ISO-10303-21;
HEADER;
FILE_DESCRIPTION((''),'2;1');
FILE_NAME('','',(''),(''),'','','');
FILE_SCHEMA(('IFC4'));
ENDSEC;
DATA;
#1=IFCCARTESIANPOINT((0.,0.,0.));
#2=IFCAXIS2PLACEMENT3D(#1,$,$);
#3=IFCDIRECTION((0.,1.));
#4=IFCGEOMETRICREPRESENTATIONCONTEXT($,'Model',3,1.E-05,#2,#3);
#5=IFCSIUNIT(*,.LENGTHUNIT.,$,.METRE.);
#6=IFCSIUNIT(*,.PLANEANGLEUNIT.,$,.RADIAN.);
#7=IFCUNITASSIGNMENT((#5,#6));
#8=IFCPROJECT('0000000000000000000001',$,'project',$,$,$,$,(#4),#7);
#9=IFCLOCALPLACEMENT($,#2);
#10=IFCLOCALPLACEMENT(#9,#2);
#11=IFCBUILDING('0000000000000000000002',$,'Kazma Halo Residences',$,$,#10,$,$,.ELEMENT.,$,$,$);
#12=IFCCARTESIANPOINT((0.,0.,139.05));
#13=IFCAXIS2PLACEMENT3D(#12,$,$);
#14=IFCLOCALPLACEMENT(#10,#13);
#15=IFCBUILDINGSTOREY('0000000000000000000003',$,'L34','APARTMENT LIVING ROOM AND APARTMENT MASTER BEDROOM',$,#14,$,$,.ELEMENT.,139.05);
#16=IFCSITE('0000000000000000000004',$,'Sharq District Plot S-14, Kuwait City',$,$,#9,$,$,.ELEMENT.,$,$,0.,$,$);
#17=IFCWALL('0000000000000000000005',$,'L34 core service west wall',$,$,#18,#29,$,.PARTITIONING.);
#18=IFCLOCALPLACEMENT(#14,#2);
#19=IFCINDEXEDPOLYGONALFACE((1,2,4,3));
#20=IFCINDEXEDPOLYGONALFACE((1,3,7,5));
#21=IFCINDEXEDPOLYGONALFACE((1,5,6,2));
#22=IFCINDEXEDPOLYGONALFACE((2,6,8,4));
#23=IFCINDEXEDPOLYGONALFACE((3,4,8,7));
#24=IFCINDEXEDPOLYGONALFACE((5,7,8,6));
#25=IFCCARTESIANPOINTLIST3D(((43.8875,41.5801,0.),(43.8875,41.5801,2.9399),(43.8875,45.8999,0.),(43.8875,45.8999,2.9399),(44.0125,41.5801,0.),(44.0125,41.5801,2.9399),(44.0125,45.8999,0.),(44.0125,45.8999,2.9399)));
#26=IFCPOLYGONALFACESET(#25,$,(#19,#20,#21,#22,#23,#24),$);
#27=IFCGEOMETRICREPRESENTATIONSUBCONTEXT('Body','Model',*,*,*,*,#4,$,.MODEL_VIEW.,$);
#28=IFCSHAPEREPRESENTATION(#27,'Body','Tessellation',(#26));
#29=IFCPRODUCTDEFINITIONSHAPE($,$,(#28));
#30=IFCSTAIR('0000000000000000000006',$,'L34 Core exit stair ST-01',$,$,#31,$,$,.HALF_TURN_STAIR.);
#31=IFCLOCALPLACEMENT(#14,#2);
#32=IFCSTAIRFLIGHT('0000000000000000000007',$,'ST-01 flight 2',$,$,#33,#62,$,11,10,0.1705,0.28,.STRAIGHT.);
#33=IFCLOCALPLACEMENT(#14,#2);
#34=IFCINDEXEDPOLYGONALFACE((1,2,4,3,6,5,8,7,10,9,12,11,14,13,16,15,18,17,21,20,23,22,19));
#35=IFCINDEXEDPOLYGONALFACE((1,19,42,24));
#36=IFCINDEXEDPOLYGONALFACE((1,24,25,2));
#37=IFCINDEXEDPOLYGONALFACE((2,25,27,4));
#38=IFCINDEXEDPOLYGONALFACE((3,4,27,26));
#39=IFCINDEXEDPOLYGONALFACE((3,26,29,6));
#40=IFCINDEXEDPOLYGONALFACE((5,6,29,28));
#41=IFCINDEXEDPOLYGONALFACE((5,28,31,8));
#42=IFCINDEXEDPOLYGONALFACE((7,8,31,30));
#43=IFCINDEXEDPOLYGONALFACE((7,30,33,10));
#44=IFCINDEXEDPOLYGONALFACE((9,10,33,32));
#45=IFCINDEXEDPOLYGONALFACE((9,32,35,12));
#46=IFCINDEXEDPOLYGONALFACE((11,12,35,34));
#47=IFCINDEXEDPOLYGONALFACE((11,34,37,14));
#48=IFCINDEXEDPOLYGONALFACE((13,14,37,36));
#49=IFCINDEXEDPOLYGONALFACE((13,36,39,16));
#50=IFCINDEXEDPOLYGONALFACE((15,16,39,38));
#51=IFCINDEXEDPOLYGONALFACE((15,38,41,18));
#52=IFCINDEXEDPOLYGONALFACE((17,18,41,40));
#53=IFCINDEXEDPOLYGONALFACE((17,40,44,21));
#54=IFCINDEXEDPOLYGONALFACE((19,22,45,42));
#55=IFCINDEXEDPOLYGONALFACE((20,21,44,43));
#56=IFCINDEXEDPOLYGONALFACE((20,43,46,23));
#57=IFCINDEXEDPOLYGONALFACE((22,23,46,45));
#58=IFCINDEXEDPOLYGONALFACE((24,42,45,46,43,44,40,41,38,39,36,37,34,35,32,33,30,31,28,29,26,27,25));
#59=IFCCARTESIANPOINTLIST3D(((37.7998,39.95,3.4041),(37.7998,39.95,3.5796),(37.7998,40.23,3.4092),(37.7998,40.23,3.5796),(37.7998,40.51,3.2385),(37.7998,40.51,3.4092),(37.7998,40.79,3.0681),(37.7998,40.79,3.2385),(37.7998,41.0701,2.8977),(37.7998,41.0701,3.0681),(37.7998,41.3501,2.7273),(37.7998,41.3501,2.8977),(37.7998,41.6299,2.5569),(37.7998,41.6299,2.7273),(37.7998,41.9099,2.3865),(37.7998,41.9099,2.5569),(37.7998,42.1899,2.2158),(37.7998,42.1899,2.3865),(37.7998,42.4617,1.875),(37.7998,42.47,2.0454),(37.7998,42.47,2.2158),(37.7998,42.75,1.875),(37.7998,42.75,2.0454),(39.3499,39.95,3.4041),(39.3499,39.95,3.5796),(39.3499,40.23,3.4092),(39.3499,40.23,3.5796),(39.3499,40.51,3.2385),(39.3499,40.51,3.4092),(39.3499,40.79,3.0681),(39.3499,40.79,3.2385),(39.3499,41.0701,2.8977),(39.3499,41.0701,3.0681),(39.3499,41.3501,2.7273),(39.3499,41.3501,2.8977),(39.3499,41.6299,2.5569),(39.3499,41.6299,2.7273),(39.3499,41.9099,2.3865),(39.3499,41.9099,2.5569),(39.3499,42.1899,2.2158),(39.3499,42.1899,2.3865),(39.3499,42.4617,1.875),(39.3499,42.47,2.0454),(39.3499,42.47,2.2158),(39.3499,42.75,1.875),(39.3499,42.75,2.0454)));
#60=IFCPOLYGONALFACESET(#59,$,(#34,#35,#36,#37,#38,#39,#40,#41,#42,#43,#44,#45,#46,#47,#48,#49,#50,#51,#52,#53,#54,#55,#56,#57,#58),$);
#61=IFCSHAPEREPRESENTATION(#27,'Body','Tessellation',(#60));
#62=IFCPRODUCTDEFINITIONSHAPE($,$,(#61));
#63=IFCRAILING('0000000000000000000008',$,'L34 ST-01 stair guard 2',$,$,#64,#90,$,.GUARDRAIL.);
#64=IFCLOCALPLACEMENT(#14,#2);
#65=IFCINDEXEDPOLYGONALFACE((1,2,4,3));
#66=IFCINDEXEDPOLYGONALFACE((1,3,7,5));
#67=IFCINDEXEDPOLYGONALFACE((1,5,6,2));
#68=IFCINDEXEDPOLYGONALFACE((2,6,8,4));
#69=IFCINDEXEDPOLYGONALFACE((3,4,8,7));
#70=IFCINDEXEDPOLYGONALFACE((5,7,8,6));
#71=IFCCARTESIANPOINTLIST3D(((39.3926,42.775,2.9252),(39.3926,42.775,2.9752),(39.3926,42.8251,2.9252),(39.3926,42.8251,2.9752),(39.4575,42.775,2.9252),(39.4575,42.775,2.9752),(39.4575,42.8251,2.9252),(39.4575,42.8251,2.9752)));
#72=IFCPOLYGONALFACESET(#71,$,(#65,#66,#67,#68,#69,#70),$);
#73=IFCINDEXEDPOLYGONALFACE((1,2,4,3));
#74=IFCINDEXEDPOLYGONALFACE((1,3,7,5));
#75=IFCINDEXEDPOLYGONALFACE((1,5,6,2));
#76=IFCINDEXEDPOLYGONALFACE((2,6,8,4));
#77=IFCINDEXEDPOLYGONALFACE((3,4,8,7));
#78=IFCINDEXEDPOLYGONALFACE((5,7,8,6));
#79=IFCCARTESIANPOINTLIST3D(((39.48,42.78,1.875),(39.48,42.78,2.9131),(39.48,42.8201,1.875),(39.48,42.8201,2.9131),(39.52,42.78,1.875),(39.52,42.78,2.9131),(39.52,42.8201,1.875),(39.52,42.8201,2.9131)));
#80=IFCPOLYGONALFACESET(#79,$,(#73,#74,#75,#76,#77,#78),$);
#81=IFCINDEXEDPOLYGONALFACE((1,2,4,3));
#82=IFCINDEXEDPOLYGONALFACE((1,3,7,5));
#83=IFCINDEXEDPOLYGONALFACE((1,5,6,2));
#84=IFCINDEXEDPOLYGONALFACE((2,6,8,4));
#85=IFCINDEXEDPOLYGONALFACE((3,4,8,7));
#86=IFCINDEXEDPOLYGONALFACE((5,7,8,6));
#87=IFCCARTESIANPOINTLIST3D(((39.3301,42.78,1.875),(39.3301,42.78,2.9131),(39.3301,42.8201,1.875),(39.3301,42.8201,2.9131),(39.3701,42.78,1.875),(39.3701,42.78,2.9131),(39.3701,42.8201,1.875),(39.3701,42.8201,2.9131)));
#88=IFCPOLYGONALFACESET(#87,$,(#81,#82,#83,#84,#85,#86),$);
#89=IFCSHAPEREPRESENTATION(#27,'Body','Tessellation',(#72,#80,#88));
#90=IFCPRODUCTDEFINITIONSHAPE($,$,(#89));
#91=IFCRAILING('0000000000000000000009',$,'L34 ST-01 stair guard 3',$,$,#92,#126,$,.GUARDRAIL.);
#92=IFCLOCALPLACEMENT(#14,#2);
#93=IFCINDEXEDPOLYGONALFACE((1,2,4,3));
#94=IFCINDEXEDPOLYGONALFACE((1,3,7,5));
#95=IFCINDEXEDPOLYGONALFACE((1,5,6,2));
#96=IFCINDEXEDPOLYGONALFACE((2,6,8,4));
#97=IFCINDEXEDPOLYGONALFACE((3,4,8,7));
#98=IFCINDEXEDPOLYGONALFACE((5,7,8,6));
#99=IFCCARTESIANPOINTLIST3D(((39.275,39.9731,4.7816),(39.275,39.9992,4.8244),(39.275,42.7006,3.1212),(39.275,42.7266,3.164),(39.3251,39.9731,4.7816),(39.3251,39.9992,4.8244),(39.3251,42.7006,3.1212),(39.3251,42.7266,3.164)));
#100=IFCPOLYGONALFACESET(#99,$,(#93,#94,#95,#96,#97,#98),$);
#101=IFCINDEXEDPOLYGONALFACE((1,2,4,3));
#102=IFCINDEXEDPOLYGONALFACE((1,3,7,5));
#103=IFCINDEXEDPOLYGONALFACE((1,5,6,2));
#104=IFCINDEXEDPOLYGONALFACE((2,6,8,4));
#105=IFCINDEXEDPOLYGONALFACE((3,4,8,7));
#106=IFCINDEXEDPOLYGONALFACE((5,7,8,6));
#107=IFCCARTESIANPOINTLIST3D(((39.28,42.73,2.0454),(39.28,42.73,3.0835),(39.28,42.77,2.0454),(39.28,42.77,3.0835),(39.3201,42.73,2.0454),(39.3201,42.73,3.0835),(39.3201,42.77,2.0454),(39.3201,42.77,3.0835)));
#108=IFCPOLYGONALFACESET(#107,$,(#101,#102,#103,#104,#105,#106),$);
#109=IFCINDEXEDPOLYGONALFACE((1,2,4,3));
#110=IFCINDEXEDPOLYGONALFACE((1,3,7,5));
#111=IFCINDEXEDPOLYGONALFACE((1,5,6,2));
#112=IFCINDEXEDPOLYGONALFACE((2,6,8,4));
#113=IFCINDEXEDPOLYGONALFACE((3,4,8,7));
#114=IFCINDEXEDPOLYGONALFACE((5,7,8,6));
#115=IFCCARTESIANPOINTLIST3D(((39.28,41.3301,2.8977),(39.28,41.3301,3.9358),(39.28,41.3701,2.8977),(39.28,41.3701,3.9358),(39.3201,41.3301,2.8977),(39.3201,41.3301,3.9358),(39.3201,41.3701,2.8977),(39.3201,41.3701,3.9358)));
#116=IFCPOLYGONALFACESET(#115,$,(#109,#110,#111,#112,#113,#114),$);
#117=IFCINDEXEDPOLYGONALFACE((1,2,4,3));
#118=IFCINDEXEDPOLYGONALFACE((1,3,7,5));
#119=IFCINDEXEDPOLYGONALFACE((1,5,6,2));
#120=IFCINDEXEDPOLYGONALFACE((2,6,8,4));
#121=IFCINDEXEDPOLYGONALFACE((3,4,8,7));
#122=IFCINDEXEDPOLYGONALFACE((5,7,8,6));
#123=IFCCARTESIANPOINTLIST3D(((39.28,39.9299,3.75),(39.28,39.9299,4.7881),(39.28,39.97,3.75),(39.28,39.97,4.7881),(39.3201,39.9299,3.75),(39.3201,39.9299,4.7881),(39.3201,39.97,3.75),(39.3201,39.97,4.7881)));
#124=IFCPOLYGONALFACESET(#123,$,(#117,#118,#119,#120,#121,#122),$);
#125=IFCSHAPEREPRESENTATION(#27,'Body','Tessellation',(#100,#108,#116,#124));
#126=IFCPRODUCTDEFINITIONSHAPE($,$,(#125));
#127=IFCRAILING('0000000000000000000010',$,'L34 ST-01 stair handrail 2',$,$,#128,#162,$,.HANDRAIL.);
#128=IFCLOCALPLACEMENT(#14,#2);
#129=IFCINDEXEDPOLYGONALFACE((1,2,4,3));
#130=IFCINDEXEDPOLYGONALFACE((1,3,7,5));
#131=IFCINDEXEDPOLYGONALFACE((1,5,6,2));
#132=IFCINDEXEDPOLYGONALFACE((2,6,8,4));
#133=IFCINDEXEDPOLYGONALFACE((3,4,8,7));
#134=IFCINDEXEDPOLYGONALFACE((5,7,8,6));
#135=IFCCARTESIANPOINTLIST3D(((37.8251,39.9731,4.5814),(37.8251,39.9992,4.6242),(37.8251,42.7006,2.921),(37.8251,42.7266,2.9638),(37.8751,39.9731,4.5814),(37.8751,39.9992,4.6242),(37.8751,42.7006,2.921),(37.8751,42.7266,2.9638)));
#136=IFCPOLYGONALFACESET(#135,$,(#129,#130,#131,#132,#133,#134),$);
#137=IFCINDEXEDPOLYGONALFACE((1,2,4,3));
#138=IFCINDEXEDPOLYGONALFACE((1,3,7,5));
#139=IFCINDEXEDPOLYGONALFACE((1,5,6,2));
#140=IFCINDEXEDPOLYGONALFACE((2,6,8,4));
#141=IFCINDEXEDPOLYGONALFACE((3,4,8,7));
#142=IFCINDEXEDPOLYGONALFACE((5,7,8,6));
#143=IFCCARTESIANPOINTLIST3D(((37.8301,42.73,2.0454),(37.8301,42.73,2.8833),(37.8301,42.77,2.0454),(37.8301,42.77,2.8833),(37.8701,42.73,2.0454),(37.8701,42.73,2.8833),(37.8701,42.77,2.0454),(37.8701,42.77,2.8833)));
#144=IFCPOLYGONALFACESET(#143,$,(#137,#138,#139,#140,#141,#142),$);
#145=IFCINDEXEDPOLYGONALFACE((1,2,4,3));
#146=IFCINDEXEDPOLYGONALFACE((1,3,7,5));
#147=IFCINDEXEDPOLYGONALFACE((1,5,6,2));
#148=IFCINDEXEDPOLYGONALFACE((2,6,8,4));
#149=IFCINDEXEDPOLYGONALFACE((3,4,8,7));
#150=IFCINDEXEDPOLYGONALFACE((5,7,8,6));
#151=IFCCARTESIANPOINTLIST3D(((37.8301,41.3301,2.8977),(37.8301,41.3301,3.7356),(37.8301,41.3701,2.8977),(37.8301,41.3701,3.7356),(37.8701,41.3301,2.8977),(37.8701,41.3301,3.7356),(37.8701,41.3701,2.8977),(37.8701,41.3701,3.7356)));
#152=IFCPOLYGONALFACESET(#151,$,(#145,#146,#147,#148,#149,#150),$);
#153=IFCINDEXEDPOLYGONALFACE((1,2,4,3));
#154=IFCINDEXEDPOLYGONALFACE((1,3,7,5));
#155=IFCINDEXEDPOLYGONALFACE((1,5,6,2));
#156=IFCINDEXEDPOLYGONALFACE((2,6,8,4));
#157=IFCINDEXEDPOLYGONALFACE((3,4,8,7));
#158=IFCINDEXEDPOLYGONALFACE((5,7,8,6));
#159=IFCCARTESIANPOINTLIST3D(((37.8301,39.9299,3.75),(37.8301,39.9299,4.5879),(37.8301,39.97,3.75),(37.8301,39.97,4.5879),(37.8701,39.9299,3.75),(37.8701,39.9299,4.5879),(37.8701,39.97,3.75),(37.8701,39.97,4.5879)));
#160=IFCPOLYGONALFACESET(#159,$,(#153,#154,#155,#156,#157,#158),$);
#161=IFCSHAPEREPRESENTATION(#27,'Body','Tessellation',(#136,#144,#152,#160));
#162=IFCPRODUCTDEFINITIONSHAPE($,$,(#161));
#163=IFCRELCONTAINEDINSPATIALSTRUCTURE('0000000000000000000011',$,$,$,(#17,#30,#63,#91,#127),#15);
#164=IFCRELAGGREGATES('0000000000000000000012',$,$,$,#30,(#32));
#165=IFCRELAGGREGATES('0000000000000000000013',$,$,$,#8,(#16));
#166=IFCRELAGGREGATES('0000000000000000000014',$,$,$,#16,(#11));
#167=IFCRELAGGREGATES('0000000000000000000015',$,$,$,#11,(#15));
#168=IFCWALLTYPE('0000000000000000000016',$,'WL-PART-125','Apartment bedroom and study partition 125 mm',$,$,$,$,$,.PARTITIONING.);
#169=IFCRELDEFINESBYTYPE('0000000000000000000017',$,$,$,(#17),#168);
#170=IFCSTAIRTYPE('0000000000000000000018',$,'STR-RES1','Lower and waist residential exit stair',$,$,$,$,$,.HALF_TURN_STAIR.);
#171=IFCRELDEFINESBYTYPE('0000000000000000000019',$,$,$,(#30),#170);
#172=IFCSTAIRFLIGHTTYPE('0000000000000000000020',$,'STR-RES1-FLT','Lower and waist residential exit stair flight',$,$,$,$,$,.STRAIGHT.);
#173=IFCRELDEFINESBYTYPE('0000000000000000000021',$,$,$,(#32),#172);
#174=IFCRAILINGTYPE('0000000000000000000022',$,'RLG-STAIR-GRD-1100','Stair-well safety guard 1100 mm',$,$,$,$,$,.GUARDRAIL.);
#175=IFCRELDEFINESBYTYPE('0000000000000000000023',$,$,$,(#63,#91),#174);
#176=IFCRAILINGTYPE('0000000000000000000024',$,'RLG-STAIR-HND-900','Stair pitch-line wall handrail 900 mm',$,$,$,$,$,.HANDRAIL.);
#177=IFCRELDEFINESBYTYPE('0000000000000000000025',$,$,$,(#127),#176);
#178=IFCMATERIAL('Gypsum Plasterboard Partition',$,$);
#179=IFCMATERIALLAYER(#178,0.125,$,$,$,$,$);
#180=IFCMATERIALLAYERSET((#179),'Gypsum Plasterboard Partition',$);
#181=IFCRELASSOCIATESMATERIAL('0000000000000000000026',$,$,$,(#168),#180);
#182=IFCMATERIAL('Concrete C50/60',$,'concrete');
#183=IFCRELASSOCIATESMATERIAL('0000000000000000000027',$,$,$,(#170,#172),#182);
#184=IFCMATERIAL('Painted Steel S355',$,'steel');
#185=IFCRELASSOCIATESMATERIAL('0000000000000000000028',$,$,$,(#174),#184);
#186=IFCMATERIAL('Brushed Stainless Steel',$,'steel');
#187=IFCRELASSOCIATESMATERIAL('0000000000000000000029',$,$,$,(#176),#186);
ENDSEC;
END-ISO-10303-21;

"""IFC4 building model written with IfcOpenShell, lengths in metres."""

from ifc_helpers import new_model, si_unit, direction, frame, frame_2d, origin, origin_2d, place, context, subcontext, project, spatial, polyline, rectangle, outline, extrude, material, layer, layer_set, type_object, element, aggregate, save


model = new_model("IFC4")

# Units and contexts
model_context = context("Model", 3, precision=1e-05, world=origin(), true_north=direction((0.0, 1.0)))
body_context = subcontext(model_context, "Body", "Model", "MODEL_VIEW")
ifc_project = project(units=[si_unit("LENGTHUNIT", "METRE"), si_unit("PLANEANGLEUNIT", "RADIAN")], contexts=[model_context])

# Site, building, storey
site_placement = place(None, origin())
site = spatial("IfcSite", under=ifc_project, at=site_placement, Name="Sharq District Plot S-14, Kuwait City", CompositionType="ELEMENT", RefElevation=0.0)
building_placement = place(site_placement, origin())
building = spatial("IfcBuilding", under=site, at=building_placement, Name="Kazma Halo Residences", CompositionType="ELEMENT")
storey_placement = place(building_placement, frame((0.0, 0.0, 139.05)))
storey = spatial("IfcBuildingStorey", under=building, at=storey_placement, Name="L34", Description="APARTMENT LIVING ROOM AND APARTMENT MASTER BEDROOM", CompositionType="ELEMENT", Elevation=139.05)

# Wall
ifc_material_1 = material(Name="Gypsum Plasterboard Partition")
ifc_layer_1 = layer(ifc_material_1, 0.125)
ifc_layer_set_1 = layer_set([ifc_layer_1], Name="Gypsum Plasterboard Partition")
wall_type_1 = type_object("IfcWallType", Name="WL-PART-125", Description="Apartment bedroom and study partition 125 mm", PredefinedType="PARTITIONING", material=ifc_layer_set_1)
wall_1_placement = place(storey_placement, frame((43.95, 41.5801, 0.0), z_axis=(0.0, 0.0, 1.0), x_axis=(0.0, 1.0, 0.0)))
element("IfcWall", 1, at=wall_1_placement, inside=storey, type_object=wall_type_1, Name="L34 core service west wall", PredefinedType="PARTITIONING", context=body_context, shape_type="SweptSolid", body=[
    extrude(rectangle(XDim=4.3198, YDim=0.125, at=frame_2d((2.1599, 0.0))), origin(), (0.0, 0.0, 1.0), 2.9399),
])

# Stair, stair flight
ifc_material_2 = material(Name="Concrete C50/60", Category="concrete")
stair_type = type_object("IfcStairType", Name="STR-RES1", Description="Lower and waist residential exit stair", PredefinedType="HALF_TURN_STAIR", material=ifc_material_2)
stair_placement = place(storey_placement, origin())
stair = element("IfcStair", 2, at=stair_placement, inside=storey, type_object=stair_type, Name="L34 Core exit stair ST-01", PredefinedType="HALF_TURN_STAIR")
stair_flight_type = type_object("IfcStairFlightType", Name="STR-RES1-FLT", Description="Lower and waist residential exit stair flight", PredefinedType="STRAIGHT", material=ifc_material_2)
stair_flight_placement = place(storey_placement, frame((38.575, 42.75, 1.875), z_axis=(0.0, 0.0, 1.0), x_axis=(0.0, -1.0, 0.0)))
stair_flight = element("IfcStairFlight", 3, at=stair_flight_placement, type_object=stair_flight_type, Name="ST-01 flight 2", NumberOfRisers=11, NumberOfTreads=10, PredefinedType="STRAIGHT", RiserHeight=0.1705, TreadLength=0.28, context=body_context, shape_type="SweptSolid", body=[
    extrude(outline(polyline([(0.0, 0.0), (0.0, 0.1704), (0.28, 0.1704), (0.28, 0.3408), (0.5601, 0.3408), (0.5601, 0.5115), (0.8401, 0.5115), (0.8401, 0.6819), (1.1201, 0.6819), (1.1201, 0.8523), (1.3999, 0.8523), (1.3999, 1.0227), (1.6799, 1.0227), (1.6799, 1.1931), (1.96, 1.1931), (1.96, 1.3635), (2.24, 1.3635), (2.24, 1.5342), (2.52, 1.5342), (2.52, 1.7046), (2.8, 1.7046), (2.8, 1.875), (2.8, 1.5291), (0.2883, 0.0), (0.0, 0.0)])), frame((0.0, 0.7749, 0.0), z_axis=(0.0, -1.0, 0.0), x_axis=(1.0, 0.0, 0.0)), (0.0, 0.0, 1.0), 1.55),
])
aggregate(stair, [stair_flight])

# Railings
ifc_material_3 = material(Name="Painted Steel S355", Category="steel")
railing_type_1 = type_object("IfcRailingType", Name="RLG-STAIR-GRD-1100", Description="Stair-well safety guard 1100 mm", PredefinedType="GUARDRAIL", material=ifc_material_3)
railing_1_placement = place(storey_placement, frame((39.5, 42.8, 1.875)))
element("IfcRailing", 4, at=railing_1_placement, inside=storey, type_object=railing_type_1, Name="L34 ST-01 stair guard 2", PredefinedType="GUARDRAIL", context=body_context, shape_type="SweptSolid", body=[
    extrude(rectangle(XDim=0.05, YDim=0.05, at=origin_2d()), frame((-0.0425, 0.0, 1.0752), z_axis=(-1.0, 0.0, 0.0), x_axis=(0.0, -1.0, 0.0)), (0.0, 0.0, 1.0), 0.0649),
    extrude(rectangle(XDim=0.04, YDim=0.04, at=origin_2d()), origin(), (0.0, 0.0, 1.0), 1.0381),
    extrude(rectangle(XDim=0.04, YDim=0.04, at=origin_2d()), frame((-0.1499, 0.0, 0.0)), (0.0, 0.0, 1.0), 1.0381),
])
railing_2_placement = place(storey_placement, frame((39.3, 42.75, 2.0454)))
element("IfcRailing", 5, at=railing_2_placement, inside=storey, type_object=railing_type_1, Name="L34 ST-01 stair guard 3", PredefinedType="GUARDRAIL", context=body_context, shape_type="SweptSolid", body=[
    extrude(rectangle(XDim=0.05, YDim=0.05, at=origin_2d()), frame((0.0, -0.0364, 1.0972), z_axis=(0.0, -0.85417, 0.519994), x_axis=(1.0, 0.0, 0.0)), (0.0, 0.0, 1.0), 3.1931),
    extrude(rectangle(XDim=0.04, YDim=0.04, at=origin_2d()), origin(), (0.0, 0.0, 1.0), 1.0381),
    extrude(rectangle(XDim=0.04, YDim=0.04, at=origin_2d()), frame((0.0, -1.3999, 0.8523)), (0.0, 0.0, 1.0), 1.0381),
    extrude(rectangle(XDim=0.04, YDim=0.04, at=origin_2d()), frame((0.0, -2.8, 1.7046)), (0.0, 0.0, 1.0), 1.0381),
])
ifc_material_4 = material(Name="Brushed Stainless Steel", Category="steel")
railing_type_2 = type_object("IfcRailingType", Name="RLG-STAIR-HND-900", Description="Stair pitch-line wall handrail 900 mm", PredefinedType="HANDRAIL", material=ifc_material_4)
railing_3_placement = place(storey_placement, frame((37.8501, 42.75, 2.0454)))
element("IfcRailing", 6, at=railing_3_placement, inside=storey, type_object=railing_type_2, Name="L34 ST-01 stair handrail 2", PredefinedType="HANDRAIL", context=body_context, shape_type="SweptSolid", body=[
    extrude(rectangle(XDim=0.05, YDim=0.05, at=origin_2d()), frame((0.0, -0.0364, 0.897), z_axis=(0.0, -0.85417, 0.519994), x_axis=(1.0, 0.0, 0.0)), (0.0, 0.0, 1.0), 3.1931),
    extrude(rectangle(XDim=0.04, YDim=0.04, at=origin_2d()), origin(), (0.0, 0.0, 1.0), 0.8379),
    extrude(rectangle(XDim=0.04, YDim=0.04, at=origin_2d()), frame((0.0, -1.3999, 0.8523)), (0.0, 0.0, 1.0), 0.8379),
    extrude(rectangle(XDim=0.04, YDim=0.04, at=origin_2d()), frame((0.0, -2.8, 1.7046)), (0.0, 0.0, 1.0), 0.8379),
])

save(model, "model.ifc")
